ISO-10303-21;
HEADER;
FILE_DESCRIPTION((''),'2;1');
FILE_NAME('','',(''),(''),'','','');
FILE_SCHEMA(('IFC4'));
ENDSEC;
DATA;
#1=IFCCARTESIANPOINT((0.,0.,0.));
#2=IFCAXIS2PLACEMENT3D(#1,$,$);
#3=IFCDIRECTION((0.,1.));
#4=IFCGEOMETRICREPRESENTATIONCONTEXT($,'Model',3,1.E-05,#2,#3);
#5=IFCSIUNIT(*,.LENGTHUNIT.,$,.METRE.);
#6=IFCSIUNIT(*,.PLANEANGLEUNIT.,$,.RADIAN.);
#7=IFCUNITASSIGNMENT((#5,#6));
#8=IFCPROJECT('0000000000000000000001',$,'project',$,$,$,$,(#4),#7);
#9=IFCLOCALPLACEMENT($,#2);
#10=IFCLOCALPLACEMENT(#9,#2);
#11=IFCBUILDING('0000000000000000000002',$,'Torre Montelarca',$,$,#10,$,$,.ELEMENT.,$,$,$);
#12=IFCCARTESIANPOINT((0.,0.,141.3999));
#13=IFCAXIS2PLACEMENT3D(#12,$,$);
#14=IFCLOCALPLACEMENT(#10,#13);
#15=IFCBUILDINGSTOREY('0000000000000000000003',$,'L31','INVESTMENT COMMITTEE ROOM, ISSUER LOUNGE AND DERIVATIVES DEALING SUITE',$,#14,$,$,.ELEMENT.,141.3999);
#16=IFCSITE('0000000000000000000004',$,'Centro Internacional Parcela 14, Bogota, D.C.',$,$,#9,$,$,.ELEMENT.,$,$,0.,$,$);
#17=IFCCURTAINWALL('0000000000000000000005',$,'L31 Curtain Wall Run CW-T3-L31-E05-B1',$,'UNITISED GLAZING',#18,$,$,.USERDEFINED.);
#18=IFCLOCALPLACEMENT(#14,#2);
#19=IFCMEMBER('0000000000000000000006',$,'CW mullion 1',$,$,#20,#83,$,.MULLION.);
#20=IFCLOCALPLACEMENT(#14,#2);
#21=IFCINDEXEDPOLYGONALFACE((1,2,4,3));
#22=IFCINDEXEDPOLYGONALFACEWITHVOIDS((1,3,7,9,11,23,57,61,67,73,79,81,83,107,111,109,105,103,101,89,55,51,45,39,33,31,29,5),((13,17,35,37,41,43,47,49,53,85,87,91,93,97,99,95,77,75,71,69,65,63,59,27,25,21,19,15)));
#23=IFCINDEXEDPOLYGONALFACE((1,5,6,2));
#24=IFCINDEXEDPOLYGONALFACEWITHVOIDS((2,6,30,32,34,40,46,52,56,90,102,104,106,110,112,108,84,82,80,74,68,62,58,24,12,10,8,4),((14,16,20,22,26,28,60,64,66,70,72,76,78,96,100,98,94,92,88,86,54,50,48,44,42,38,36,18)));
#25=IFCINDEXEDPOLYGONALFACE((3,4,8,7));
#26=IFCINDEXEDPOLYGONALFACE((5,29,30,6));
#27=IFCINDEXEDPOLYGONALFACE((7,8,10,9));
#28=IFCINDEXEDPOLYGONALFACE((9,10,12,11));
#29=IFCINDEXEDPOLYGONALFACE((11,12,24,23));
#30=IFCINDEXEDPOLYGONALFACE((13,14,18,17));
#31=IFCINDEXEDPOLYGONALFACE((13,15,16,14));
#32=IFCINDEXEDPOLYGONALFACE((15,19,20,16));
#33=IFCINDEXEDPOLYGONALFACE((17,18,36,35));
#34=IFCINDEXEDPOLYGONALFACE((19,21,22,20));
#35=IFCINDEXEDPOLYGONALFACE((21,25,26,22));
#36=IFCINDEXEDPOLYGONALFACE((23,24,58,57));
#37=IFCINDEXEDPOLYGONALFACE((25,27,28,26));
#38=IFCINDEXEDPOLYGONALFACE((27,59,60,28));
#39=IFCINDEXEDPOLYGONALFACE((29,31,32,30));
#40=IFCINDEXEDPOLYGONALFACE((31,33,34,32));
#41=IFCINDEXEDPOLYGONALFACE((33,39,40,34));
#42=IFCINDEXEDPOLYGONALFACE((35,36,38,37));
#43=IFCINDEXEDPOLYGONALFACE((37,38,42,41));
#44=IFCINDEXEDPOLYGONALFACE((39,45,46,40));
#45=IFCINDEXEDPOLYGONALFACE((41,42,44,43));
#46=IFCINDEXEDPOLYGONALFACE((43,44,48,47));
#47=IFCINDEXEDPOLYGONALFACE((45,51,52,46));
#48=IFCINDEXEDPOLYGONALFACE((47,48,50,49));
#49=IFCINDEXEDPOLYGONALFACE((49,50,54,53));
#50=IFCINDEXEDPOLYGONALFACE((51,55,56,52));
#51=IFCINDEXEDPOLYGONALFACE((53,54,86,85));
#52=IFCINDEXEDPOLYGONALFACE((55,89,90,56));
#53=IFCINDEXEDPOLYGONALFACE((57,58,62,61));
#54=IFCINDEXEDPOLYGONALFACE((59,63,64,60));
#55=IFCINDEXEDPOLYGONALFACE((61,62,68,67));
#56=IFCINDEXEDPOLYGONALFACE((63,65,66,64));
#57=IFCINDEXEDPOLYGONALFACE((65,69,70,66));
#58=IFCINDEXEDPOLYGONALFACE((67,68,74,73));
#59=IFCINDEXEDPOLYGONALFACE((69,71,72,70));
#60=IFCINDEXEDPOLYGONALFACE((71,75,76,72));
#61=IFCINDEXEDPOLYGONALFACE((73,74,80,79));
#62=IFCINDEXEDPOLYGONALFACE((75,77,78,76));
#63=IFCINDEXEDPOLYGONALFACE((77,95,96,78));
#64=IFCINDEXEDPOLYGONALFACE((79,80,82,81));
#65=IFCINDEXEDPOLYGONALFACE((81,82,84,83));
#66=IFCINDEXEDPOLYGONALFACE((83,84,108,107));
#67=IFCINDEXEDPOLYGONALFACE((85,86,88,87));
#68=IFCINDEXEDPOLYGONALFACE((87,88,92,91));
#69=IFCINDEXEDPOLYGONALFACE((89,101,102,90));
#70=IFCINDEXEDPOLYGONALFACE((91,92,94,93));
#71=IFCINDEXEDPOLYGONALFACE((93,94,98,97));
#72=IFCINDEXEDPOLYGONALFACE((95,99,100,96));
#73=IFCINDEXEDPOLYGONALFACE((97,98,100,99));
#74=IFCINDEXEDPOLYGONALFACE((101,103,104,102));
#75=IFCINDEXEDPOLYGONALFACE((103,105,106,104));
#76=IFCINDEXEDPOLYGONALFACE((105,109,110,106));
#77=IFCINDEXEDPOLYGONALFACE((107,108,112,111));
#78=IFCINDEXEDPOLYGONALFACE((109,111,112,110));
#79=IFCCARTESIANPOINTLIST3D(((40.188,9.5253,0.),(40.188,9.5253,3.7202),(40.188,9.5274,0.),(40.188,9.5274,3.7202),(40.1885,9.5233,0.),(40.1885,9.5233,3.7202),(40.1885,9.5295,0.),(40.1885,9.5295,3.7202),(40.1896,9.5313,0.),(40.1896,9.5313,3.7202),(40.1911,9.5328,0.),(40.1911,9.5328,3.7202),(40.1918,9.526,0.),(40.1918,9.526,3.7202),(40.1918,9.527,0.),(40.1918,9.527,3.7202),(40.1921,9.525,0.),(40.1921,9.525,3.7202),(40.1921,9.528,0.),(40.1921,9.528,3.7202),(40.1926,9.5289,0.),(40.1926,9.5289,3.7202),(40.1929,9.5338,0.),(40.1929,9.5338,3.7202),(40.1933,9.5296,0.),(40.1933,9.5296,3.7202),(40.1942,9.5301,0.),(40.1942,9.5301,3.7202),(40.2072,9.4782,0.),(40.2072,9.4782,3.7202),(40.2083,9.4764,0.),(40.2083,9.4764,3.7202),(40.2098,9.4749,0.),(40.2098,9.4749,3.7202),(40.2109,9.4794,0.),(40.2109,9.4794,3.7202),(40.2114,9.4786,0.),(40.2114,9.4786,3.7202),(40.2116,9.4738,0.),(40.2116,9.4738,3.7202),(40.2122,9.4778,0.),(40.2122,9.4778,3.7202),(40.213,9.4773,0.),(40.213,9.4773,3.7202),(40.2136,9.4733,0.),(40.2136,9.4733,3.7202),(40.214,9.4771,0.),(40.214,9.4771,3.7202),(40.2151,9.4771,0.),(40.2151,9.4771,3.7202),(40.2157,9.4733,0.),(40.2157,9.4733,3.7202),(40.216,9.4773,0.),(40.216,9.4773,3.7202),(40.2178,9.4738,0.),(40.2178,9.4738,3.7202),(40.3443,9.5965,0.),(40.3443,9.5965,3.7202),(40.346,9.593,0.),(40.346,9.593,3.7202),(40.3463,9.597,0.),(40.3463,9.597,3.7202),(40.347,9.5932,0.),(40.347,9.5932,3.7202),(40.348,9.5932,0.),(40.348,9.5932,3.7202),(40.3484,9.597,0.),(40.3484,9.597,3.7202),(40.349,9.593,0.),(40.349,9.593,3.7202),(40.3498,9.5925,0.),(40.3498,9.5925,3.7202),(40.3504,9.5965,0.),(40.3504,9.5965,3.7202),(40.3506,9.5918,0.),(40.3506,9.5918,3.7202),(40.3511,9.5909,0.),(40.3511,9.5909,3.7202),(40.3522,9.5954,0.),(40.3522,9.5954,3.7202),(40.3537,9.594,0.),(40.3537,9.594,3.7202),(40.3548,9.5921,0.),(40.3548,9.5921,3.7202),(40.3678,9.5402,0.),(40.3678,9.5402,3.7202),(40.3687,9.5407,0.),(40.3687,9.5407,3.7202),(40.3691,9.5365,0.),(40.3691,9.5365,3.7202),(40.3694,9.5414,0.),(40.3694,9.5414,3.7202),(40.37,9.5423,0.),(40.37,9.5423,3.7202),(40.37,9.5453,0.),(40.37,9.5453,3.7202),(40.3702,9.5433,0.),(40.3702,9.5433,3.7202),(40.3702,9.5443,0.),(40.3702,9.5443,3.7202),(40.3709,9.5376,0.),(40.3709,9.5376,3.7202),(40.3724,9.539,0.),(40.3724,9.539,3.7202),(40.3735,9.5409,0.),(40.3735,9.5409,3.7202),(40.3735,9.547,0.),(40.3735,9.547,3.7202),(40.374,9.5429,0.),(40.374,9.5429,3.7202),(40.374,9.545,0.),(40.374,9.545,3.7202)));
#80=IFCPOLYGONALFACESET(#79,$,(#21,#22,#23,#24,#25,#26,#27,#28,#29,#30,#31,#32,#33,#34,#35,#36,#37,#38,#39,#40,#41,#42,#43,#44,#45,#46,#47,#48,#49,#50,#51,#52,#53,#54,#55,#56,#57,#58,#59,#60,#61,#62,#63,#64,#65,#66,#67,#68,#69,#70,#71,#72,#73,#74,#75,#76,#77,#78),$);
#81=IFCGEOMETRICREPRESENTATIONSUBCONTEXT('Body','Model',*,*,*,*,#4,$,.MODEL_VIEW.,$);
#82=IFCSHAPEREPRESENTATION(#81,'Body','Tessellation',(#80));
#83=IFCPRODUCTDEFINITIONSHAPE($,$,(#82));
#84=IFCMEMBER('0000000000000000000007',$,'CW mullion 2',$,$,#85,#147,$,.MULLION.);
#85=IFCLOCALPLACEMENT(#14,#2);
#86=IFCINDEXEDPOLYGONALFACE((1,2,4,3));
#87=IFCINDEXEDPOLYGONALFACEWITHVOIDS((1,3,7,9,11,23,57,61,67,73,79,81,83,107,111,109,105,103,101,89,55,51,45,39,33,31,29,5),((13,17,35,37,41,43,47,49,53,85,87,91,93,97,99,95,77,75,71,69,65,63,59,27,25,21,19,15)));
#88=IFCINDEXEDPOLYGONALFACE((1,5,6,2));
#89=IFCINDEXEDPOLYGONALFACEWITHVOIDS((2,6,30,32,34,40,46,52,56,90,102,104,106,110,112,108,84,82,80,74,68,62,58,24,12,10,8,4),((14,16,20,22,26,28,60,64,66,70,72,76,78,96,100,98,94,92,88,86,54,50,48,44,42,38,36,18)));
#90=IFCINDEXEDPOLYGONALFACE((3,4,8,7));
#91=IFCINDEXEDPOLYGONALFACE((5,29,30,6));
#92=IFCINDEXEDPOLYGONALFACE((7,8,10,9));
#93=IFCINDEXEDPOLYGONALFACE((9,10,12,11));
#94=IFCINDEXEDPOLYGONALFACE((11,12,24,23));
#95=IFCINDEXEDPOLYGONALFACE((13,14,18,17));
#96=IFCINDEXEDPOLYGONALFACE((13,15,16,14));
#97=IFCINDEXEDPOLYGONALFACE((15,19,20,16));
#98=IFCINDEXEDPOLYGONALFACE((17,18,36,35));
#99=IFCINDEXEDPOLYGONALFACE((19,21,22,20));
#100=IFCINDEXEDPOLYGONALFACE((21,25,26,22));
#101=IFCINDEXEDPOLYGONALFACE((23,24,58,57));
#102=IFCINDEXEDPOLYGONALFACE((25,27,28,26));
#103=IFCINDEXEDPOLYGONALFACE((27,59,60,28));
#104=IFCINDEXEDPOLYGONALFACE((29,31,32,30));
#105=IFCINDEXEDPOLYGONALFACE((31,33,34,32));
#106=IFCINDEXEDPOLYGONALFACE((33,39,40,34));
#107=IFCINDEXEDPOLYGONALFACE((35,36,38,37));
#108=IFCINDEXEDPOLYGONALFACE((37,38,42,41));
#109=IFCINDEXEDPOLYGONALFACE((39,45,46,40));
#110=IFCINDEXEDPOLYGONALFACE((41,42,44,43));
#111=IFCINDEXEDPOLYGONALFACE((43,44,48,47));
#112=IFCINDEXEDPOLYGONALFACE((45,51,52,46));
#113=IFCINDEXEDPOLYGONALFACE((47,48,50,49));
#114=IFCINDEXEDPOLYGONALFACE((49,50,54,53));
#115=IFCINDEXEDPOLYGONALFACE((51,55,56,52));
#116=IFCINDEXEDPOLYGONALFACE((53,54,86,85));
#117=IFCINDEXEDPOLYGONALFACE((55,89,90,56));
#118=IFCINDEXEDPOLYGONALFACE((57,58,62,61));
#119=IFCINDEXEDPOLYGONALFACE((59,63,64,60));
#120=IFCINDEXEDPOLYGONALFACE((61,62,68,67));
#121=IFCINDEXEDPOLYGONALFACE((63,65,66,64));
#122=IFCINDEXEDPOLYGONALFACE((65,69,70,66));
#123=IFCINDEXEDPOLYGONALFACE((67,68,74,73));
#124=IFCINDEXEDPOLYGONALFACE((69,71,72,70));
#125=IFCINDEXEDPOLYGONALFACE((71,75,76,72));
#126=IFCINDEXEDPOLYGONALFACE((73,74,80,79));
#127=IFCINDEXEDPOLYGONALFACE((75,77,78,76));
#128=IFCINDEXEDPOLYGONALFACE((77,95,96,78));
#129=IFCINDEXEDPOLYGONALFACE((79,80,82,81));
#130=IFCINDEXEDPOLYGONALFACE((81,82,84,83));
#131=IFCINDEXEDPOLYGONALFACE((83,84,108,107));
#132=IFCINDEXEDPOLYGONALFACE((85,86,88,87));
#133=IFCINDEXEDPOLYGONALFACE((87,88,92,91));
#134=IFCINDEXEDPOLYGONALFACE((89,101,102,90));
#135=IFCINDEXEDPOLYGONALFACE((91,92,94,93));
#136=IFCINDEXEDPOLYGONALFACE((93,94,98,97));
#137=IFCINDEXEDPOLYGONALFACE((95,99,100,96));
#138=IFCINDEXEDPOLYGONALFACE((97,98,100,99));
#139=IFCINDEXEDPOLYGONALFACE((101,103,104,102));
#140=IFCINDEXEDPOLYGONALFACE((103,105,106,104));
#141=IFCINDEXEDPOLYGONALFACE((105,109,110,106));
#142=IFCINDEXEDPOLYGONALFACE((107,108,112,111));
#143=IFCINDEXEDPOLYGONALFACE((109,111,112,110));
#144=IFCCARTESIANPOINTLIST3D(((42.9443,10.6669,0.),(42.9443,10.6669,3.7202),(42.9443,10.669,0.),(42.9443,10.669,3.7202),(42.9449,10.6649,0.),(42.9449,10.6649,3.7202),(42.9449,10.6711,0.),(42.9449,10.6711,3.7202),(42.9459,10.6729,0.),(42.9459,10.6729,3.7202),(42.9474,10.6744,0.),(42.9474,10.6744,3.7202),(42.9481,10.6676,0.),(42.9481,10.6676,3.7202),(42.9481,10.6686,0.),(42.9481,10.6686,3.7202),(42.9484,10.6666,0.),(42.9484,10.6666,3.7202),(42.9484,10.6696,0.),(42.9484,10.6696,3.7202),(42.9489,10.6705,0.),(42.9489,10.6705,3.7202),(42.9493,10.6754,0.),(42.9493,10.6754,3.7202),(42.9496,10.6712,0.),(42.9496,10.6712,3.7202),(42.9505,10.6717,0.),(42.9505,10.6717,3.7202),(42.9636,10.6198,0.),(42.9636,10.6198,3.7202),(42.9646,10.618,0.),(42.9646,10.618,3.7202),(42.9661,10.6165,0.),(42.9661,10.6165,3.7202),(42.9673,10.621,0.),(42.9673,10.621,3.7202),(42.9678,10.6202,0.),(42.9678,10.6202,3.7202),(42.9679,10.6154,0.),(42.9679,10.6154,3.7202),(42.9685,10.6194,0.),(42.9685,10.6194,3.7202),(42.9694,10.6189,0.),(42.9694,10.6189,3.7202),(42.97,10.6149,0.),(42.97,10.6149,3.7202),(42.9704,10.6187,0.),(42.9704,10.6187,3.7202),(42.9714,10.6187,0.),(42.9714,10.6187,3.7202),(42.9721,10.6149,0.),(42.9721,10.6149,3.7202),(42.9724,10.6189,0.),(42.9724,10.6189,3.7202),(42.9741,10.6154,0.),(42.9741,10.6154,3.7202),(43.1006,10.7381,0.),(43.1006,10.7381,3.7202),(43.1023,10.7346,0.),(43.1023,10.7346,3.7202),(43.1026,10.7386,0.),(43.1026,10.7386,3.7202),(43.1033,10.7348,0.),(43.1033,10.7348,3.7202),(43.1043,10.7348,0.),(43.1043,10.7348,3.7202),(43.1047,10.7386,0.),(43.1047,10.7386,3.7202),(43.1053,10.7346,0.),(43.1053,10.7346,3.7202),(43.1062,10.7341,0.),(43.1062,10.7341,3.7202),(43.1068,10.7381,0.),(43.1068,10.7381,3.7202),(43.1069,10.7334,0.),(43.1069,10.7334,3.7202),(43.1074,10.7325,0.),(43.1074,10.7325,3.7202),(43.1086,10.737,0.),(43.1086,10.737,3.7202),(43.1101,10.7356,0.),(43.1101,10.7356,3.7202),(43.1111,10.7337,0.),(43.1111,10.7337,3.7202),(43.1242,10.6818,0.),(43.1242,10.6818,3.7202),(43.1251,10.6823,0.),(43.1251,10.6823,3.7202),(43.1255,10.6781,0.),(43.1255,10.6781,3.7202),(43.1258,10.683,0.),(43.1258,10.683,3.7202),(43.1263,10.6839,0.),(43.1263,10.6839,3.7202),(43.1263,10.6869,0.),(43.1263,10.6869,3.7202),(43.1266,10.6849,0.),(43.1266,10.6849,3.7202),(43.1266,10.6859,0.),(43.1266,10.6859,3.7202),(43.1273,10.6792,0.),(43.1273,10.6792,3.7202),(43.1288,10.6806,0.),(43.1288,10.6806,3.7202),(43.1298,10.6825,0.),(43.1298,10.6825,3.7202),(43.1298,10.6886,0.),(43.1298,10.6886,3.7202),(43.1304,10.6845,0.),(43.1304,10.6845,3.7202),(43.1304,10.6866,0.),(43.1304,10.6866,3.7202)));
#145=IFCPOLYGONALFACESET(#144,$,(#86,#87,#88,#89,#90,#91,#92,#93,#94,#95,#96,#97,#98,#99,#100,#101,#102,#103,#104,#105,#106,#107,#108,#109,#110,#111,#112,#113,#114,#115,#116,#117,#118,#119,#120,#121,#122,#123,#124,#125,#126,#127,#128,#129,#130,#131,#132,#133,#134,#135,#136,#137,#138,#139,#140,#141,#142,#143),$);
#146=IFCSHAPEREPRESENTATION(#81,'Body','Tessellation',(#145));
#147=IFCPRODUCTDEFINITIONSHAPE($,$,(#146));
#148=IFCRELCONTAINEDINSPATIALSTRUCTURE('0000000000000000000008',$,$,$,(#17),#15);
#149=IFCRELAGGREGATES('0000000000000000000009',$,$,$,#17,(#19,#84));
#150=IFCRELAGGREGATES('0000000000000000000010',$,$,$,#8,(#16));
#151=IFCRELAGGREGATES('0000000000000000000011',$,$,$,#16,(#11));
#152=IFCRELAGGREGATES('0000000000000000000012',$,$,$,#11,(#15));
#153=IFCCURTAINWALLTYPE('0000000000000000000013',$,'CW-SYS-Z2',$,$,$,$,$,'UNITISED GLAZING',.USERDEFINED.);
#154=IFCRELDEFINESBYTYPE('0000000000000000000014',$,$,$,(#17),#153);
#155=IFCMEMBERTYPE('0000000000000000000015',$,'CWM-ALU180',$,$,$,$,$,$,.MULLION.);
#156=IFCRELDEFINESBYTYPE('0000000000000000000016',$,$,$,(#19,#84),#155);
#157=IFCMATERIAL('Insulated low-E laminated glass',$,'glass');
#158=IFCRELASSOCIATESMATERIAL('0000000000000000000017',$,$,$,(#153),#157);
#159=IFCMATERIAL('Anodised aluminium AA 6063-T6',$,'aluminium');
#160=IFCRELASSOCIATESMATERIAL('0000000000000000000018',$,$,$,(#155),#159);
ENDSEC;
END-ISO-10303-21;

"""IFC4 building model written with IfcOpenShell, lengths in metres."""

from ifc_helpers import new_model, si_unit, direction, frame, origin, origin_2d, place, context, subcontext, project, spatial, hollow_rectangle, extrude, source, transform, mapped, material, material_profile, profile_set, type_object, element, aggregate, save


model = new_model("IFC4")

# Units and contexts
model_context = context("Model", 3, precision=1e-05, world=origin(), true_north=direction((0.0, 1.0)))
body_context = subcontext(model_context, "Body", "Model", "MODEL_VIEW")
ifc_project = project(units=[si_unit("LENGTHUNIT", "METRE"), si_unit("PLANEANGLEUNIT", "RADIAN")], contexts=[model_context])

# Site, building, storey
site_placement = place(None, origin())
site = spatial("IfcSite", under=ifc_project, at=site_placement, Name="Centro Internacional Parcela 14, Bogota, D.C.", CompositionType="ELEMENT", RefElevation=0.0)
building_placement = place(site_placement, origin())
building = spatial("IfcBuilding", under=site, at=building_placement, Name="Torre Montelarca", CompositionType="ELEMENT")
storey_placement = place(building_placement, frame((0.0, 0.0, 141.3999)))
storey = spatial("IfcBuildingStorey", under=building, at=storey_placement, Name="L31", Description="INVESTMENT COMMITTEE ROOM, ISSUER LOUNGE AND DERIVATIVES DEALING SUITE", CompositionType="ELEMENT", Elevation=141.3999)

# Curtain wall
ifc_material_1 = material(Name="Insulated low-E laminated glass", Category="glass")
curtain_wall_type = type_object("IfcCurtainWallType", Name="CW-SYS-Z2", ElementType="UNITISED GLAZING", PredefinedType="USERDEFINED", material=ifc_material_1)
curtain_wall_1_placement = place(storey_placement, origin())
curtain_wall_1 = element("IfcCurtainWall", 1, at=curtain_wall_1_placement, inside=storey, type_object=curtain_wall_type, Name="L31 Curtain Wall Run CW-T3-L31-E05-B1", ObjectType="UNITISED GLAZING", PredefinedType="USERDEFINED")
ifc_material_2 = material(Name="Anodised aluminium AA 6063-T6", Category="aluminium")
ifc_material_profile_1 = material_profile(ifc_material_2, hollow_rectangle(XDim=0.0649, YDim=0.1799, WallThickness=0.0039, InnerFilletRadius=0.0039, OuterFilletRadius=0.0081, at=origin_2d()), Name="ALU65X180X4", Category="aluminium")
ifc_profile_set_1 = profile_set([ifc_material_profile_1], Name="Anodised aluminium AA 6063-T6")
member_type_1 = type_object("IfcMemberType", Name="CWM-ALU180", PredefinedType="MULLION", material=ifc_profile_set_1)
shared_shape_1 = source(origin(), body_context, "Body", "SweptSolid", [
    extrude(hollow_rectangle(XDim=0.0649, YDim=0.1799, WallThickness=0.0039, InnerFilletRadius=0.0039, OuterFilletRadius=0.0081, at=origin_2d()), origin(), (0.0, 0.0, 1.0), 3.7202),
])

# Members
member_1_placement = place(storey_placement, frame((40.281, 9.5352, 0.0), z_axis=(0.0, 0.0, 1.0), x_axis=(-0.382662, 0.923889, 0.0)))
member_1 = element("IfcMember", 2, at=member_1_placement, type_object=member_type_1, Name="CW mullion 1", PredefinedType="MULLION", context=body_context, shape_type="MappedRepresentation", body=[
    mapped(shared_shape_1, transform((0.0, 0.0, 0.0), scale=1.0)),
])
member_2_placement = place(storey_placement, frame((43.0374, 10.6768, 0.0), z_axis=(0.0, 0.0, 1.0), x_axis=(-0.382662, 0.923889, 0.0)))
member_2 = element("IfcMember", 3, at=member_2_placement, type_object=member_type_1, Name="CW mullion 2", PredefinedType="MULLION", context=body_context, shape_type="MappedRepresentation", body=[
    mapped(shared_shape_1, transform((0.0, 0.0, 0.0), scale=1.0)),
])

aggregate(curtain_wall_1, [member_1, member_2])

save(model, "model.ifc")
